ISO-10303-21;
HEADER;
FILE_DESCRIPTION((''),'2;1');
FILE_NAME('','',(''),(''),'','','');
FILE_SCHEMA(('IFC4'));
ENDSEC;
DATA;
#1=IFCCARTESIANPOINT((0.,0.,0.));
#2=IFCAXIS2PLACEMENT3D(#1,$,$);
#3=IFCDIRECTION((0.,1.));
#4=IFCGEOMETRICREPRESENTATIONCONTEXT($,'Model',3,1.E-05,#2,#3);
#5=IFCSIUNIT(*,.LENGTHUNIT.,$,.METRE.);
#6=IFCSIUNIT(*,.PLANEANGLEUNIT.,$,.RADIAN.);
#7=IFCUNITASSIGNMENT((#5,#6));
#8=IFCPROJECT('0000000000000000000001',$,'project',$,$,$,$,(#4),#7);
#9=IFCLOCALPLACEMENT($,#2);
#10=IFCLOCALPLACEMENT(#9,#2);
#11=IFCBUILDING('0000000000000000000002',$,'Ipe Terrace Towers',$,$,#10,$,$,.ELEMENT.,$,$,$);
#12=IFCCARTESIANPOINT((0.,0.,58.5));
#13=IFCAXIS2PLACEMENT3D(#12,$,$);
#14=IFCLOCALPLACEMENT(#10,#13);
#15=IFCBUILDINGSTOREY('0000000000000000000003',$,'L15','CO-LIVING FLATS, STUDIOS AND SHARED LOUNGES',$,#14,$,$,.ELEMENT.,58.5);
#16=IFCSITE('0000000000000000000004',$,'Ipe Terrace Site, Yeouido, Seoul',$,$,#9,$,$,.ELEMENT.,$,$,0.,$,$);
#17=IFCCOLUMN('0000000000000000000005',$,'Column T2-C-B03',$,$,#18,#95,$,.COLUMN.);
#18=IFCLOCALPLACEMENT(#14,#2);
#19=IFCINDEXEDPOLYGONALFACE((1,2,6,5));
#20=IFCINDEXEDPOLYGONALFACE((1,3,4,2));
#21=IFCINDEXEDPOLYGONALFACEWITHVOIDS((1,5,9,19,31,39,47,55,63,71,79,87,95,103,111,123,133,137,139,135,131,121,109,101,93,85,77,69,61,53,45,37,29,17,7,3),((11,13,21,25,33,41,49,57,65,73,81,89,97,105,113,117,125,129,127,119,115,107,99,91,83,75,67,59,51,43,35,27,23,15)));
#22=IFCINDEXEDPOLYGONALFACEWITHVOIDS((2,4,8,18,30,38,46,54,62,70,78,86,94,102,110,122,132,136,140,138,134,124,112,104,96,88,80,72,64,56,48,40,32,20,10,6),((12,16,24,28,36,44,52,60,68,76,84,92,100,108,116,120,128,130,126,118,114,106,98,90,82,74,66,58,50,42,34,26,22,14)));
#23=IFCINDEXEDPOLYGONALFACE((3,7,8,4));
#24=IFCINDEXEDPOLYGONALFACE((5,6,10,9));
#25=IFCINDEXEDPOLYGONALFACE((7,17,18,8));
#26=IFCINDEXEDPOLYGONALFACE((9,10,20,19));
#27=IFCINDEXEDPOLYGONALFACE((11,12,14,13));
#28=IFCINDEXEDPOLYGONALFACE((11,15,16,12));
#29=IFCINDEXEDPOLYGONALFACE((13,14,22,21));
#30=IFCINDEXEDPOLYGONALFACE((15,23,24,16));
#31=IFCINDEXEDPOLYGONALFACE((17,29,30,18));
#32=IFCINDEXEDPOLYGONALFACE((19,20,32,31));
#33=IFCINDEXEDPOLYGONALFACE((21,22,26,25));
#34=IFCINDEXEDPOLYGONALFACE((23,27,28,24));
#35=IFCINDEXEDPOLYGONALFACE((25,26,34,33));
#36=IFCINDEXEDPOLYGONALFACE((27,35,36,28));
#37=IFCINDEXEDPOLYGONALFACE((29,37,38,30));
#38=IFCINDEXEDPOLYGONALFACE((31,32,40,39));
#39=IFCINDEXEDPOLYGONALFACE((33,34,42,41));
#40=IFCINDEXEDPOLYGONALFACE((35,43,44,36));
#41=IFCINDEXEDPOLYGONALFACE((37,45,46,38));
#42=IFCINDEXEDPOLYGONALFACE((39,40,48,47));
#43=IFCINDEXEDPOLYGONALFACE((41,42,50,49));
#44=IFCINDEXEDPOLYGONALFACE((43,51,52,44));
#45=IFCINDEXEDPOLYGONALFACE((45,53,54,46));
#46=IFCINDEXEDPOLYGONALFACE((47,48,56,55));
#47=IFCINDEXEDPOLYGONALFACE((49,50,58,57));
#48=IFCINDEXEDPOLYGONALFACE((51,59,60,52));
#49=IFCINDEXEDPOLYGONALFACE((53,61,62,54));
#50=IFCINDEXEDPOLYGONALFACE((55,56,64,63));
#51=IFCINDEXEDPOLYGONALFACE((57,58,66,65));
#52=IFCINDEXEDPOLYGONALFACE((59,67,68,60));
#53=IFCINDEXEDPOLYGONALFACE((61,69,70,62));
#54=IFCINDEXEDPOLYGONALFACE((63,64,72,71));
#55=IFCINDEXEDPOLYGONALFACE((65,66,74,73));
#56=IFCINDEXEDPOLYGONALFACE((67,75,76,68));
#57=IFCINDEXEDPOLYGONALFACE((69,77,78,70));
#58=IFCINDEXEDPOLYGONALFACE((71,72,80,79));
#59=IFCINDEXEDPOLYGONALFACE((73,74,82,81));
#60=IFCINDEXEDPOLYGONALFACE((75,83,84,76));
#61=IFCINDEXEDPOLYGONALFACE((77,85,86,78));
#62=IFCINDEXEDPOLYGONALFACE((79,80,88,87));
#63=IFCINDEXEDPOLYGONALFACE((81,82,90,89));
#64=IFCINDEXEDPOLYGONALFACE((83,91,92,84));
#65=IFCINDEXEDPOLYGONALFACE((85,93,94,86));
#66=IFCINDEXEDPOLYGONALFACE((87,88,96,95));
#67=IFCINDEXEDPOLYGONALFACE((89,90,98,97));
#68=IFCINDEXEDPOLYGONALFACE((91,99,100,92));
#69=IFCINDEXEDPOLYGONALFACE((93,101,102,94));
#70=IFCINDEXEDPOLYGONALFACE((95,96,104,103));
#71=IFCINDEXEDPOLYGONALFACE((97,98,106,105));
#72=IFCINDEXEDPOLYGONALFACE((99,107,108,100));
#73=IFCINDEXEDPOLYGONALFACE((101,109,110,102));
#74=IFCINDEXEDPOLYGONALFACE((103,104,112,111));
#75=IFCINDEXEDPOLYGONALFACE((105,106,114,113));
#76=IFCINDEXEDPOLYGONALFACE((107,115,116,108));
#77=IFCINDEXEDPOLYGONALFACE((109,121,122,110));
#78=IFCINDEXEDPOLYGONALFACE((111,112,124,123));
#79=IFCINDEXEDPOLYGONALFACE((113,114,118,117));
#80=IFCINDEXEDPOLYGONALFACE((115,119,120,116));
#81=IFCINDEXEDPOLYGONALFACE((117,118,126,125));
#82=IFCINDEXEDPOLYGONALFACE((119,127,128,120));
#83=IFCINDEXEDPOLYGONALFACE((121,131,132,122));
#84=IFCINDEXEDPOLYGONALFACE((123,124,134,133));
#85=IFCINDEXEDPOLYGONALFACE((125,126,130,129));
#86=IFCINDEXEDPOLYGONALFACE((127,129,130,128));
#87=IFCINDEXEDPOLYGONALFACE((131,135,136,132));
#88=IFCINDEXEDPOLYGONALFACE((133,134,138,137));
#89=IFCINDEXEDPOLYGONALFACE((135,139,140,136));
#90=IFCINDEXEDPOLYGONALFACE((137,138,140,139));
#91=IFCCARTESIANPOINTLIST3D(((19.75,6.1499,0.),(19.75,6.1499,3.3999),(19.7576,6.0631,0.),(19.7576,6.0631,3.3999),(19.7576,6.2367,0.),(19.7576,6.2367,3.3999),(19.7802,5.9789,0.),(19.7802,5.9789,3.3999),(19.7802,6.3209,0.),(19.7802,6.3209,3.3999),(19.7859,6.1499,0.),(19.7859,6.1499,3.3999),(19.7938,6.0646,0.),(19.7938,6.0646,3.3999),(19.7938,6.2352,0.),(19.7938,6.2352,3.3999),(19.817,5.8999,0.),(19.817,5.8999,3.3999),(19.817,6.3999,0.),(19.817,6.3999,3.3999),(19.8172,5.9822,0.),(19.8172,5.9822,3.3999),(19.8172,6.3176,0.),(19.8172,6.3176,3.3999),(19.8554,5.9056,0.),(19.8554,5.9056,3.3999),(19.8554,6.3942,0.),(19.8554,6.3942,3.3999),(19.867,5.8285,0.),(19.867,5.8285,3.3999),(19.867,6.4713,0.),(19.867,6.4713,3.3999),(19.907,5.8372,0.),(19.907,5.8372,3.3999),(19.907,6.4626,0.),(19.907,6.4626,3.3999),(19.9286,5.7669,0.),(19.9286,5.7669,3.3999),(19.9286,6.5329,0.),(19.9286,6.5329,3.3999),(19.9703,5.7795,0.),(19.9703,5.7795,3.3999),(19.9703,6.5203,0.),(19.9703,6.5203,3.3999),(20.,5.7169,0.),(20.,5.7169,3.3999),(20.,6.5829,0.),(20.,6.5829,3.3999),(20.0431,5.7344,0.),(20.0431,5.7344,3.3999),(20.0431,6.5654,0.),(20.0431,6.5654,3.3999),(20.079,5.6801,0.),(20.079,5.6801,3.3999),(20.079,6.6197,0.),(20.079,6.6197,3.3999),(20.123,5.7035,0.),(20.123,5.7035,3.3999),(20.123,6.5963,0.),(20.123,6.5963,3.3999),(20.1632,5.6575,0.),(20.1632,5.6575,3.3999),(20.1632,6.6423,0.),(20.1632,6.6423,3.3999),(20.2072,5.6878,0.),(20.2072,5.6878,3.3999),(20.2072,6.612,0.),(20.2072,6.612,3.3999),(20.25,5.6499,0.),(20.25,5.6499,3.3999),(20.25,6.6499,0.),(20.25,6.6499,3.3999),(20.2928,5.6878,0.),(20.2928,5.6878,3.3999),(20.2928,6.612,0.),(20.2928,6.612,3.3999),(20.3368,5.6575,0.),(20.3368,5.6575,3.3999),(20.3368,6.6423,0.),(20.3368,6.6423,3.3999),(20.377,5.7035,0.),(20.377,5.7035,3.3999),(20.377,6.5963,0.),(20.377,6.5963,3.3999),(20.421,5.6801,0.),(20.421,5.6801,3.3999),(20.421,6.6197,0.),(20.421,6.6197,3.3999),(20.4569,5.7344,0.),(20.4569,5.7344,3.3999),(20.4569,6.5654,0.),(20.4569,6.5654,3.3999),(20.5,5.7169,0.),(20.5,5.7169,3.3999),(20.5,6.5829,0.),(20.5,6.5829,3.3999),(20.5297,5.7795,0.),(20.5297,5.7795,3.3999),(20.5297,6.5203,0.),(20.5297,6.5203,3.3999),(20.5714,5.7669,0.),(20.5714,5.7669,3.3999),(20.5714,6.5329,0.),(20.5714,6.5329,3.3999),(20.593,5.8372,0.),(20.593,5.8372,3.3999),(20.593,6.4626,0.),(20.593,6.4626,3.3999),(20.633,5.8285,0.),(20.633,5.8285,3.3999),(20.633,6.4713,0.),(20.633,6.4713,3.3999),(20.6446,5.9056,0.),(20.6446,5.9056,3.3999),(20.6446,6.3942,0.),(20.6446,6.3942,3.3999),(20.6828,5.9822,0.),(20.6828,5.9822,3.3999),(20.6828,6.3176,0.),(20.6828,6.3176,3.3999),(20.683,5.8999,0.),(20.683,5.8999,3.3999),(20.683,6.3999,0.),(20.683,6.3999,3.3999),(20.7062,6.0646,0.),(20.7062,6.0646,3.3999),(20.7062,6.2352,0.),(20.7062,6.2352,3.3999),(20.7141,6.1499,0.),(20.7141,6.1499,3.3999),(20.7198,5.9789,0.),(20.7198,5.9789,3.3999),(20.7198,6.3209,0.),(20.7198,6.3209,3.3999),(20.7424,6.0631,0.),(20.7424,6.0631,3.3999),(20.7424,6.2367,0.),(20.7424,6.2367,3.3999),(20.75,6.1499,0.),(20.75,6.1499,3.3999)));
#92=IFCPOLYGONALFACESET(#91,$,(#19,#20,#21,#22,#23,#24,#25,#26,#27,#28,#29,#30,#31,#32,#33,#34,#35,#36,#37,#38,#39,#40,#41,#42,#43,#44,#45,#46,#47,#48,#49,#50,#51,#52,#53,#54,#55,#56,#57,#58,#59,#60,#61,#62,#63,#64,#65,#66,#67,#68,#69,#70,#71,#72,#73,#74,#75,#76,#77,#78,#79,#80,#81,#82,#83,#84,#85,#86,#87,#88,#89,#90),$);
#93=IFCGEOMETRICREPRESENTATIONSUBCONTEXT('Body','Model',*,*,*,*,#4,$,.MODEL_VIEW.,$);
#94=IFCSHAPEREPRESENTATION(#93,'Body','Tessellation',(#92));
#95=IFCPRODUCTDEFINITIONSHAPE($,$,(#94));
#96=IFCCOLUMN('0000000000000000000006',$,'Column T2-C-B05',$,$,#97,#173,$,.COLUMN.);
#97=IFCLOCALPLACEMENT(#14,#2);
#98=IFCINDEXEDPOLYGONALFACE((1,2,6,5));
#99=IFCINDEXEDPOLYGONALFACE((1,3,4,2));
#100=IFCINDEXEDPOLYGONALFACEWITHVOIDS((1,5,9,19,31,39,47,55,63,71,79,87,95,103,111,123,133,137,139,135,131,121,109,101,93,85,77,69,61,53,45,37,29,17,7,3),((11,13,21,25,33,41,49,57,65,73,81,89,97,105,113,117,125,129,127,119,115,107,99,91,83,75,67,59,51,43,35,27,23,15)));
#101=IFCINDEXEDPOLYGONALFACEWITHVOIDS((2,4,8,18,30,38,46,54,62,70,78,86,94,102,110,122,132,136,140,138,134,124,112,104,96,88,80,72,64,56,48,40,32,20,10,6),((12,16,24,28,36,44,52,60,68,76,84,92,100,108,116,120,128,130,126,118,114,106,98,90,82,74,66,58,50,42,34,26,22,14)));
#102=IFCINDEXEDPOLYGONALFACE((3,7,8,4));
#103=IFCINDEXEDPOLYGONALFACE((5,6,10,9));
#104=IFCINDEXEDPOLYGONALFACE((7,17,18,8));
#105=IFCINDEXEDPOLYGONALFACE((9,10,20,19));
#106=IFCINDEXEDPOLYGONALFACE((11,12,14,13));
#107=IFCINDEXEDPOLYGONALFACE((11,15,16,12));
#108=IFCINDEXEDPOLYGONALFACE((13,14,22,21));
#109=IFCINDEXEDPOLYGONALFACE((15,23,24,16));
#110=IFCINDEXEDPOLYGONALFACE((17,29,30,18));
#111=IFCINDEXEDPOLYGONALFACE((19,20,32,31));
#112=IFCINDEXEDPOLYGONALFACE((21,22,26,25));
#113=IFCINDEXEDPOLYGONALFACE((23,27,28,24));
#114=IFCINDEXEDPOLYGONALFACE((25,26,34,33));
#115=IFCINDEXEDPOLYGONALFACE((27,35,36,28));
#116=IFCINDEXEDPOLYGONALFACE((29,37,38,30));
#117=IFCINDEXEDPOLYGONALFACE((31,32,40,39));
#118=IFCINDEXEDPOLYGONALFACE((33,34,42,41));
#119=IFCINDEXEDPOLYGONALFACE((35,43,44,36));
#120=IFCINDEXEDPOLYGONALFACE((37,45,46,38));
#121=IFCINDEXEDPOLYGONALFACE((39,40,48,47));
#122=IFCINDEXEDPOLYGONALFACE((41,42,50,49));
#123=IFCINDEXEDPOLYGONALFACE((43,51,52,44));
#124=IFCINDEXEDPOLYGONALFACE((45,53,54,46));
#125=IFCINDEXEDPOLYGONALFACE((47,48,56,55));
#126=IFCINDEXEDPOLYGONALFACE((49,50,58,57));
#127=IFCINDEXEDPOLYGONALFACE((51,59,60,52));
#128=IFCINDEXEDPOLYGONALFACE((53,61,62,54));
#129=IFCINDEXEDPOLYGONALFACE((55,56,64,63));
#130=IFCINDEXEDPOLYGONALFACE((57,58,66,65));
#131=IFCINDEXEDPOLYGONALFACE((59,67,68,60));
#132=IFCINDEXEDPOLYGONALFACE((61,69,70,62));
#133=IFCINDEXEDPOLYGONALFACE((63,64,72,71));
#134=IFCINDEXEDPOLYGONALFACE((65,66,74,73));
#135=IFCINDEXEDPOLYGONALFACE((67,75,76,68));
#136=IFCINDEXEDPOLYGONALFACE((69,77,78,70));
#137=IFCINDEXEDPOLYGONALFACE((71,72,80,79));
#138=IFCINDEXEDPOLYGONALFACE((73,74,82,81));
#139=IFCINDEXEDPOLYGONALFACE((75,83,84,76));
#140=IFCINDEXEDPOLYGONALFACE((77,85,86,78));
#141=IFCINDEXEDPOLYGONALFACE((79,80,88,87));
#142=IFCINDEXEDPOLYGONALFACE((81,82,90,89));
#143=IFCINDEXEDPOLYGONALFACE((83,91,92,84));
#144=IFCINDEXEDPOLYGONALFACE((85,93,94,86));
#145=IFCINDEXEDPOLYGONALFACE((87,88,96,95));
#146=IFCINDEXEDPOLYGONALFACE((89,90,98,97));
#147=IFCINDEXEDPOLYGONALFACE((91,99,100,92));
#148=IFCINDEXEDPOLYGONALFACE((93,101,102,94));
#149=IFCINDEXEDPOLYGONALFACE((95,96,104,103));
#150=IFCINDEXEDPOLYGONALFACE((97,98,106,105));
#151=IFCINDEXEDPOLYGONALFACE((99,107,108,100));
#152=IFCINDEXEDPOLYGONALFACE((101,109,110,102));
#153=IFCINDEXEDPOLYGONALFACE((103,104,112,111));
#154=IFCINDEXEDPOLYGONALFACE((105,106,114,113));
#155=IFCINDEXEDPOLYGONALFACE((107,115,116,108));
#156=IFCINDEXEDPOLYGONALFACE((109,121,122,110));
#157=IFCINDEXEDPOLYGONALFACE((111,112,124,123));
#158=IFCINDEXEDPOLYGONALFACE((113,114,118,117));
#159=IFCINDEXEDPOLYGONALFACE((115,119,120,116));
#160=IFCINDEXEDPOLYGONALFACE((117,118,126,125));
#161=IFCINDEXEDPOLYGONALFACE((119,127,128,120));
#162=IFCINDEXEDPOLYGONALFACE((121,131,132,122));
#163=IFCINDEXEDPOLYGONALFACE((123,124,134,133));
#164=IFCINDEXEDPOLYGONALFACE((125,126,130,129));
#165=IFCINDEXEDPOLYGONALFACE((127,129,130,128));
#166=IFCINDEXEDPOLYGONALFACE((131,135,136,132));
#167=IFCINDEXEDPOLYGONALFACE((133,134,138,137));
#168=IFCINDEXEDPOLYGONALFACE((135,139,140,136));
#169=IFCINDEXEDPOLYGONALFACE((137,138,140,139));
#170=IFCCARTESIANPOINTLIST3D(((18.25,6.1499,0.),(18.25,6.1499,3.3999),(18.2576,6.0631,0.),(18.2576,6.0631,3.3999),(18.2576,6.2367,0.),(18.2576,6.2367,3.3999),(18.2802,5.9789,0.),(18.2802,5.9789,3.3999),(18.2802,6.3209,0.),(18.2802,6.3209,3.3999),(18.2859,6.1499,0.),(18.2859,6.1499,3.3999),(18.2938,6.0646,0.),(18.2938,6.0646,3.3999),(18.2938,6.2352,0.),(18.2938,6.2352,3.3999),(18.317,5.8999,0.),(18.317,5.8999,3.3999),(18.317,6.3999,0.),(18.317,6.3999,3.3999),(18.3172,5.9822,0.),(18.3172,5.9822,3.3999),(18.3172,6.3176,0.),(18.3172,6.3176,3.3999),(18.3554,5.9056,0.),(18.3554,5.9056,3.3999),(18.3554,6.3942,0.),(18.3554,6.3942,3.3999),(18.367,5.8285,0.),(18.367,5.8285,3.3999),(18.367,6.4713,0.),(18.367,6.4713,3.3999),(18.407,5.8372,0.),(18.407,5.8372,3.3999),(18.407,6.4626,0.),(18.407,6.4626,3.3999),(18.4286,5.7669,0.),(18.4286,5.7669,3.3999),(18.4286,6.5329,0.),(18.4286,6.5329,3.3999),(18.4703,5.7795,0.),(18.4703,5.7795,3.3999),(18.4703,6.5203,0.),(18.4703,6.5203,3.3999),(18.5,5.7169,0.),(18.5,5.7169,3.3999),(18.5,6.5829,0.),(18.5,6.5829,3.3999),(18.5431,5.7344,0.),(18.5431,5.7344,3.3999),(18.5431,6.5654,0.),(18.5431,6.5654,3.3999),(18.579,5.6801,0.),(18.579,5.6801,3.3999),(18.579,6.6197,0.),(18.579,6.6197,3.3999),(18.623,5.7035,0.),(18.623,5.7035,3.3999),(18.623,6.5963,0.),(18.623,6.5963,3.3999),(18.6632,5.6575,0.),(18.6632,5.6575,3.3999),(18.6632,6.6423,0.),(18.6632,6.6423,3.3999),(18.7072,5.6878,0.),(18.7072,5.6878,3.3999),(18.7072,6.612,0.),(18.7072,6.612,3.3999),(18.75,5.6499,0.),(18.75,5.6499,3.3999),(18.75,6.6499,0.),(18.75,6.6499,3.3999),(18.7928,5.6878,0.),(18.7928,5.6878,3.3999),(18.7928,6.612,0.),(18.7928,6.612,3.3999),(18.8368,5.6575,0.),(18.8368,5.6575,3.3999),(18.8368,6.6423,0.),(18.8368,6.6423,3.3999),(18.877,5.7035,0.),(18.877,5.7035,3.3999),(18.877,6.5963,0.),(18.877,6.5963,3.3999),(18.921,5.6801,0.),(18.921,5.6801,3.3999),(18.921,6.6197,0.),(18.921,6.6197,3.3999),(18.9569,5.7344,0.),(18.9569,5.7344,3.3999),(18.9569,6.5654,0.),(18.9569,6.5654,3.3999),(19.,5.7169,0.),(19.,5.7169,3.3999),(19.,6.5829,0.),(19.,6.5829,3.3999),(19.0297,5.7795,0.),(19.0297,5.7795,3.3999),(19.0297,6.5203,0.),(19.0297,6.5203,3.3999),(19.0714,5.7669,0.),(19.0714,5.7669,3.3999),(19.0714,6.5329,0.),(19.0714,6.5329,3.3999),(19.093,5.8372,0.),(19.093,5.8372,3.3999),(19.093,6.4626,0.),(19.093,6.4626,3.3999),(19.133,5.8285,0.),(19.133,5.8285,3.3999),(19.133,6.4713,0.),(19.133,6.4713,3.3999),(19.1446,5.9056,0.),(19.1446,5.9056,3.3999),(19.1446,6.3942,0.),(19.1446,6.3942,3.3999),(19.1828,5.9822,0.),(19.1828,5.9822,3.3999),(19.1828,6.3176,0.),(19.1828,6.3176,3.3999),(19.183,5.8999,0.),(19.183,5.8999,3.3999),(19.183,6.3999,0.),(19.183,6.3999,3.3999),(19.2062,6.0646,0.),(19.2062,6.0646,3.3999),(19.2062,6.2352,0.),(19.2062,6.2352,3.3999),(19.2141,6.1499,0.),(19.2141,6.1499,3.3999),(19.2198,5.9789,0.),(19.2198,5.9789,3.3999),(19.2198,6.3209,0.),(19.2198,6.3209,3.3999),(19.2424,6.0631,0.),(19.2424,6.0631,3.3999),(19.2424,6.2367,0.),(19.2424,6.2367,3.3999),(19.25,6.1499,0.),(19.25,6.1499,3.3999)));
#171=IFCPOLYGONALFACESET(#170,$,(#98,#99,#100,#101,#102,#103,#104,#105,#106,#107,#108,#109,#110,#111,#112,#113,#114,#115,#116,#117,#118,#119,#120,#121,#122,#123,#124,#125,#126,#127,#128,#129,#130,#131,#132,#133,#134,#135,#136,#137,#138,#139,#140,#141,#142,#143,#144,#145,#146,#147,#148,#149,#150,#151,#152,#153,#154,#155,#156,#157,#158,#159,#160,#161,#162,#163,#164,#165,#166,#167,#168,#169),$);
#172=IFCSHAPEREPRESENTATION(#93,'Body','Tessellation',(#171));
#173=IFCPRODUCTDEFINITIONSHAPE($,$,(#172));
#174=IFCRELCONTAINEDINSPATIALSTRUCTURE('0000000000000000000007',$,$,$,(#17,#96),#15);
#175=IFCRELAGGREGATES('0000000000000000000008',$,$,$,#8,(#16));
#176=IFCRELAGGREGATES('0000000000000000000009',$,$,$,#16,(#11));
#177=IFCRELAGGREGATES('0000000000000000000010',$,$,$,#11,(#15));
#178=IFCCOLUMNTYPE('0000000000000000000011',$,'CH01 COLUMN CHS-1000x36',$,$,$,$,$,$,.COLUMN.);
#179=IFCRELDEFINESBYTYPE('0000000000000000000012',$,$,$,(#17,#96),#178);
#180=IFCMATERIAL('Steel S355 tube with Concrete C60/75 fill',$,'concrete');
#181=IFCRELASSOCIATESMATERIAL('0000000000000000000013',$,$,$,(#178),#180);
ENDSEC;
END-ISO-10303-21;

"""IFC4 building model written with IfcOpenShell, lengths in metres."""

from ifc_helpers import new_model, si_unit, direction, frame, origin, origin_2d, place, context, subcontext, project, spatial, hollow_circle, extrude, material, material_profile, profile_set, type_object, element, save


model = new_model("IFC4")

# Units and contexts
model_context = context("Model", 3, precision=1e-05, world=origin(), true_north=direction((0.0, 1.0)))
body_context = subcontext(model_context, "Body", "Model", "MODEL_VIEW")
ifc_project = project(units=[si_unit("LENGTHUNIT", "METRE"), si_unit("PLANEANGLEUNIT", "RADIAN")], contexts=[model_context])

# Site, building, storey
site_placement = place(None, origin())
site = spatial("IfcSite", under=ifc_project, at=site_placement, Name="Ipe Terrace Site, Yeouido, Seoul", CompositionType="ELEMENT", RefElevation=0.0)
building_placement = place(site_placement, origin())
building = spatial("IfcBuilding", under=site, at=building_placement, Name="Ipe Terrace Towers", CompositionType="ELEMENT")
storey_placement = place(building_placement, frame((0.0, 0.0, 58.5)))
storey = spatial("IfcBuildingStorey", under=building, at=storey_placement, Name="L15", Description="CO-LIVING FLATS, STUDIOS AND SHARED LOUNGES", CompositionType="ELEMENT", Elevation=58.5)

# Columns
ifc_material_1 = material(Name="Steel S355 tube with Concrete C60/75 fill", Category="concrete")
ifc_material_profile_1 = material_profile(ifc_material_1, hollow_circle(Radius=0.5, WallThickness=0.0359, at=origin_2d()), Name="CHS-1000x36")
ifc_profile_set_1 = profile_set([ifc_material_profile_1], Name="Steel S355 tube with Concrete C60/75 fill")
column_type = type_object("IfcColumnType", Name="CH01 COLUMN CHS-1000x36", PredefinedType="COLUMN", material=ifc_profile_set_1)
for number, where, z_axis, x_axis, name in (
    (1, (20.25, 6.1499, 0.0), (0.0, 0.0, 1.0), (1.0, 0.0, 0.0), "Column T2-C-B03"),
    (2, (18.75, 6.1499, 0.0), (0.0, 0.0, 1.0), (1.0, 0.0, 0.0), "Column T2-C-B05"),
):
    element("IfcColumn", number, at=place(storey_placement, frame(where, z_axis=z_axis, x_axis=x_axis)), inside=storey, type_object=column_type, Name=name, PredefinedType="COLUMN", context=body_context, shape_type="SweptSolid", body=[
        extrude(hollow_circle(Radius=0.5, WallThickness=0.0359, at=origin_2d()), origin(), (0.0, 0.0, 1.0), 3.3999),
    ])

save(model, "model.ifc")
